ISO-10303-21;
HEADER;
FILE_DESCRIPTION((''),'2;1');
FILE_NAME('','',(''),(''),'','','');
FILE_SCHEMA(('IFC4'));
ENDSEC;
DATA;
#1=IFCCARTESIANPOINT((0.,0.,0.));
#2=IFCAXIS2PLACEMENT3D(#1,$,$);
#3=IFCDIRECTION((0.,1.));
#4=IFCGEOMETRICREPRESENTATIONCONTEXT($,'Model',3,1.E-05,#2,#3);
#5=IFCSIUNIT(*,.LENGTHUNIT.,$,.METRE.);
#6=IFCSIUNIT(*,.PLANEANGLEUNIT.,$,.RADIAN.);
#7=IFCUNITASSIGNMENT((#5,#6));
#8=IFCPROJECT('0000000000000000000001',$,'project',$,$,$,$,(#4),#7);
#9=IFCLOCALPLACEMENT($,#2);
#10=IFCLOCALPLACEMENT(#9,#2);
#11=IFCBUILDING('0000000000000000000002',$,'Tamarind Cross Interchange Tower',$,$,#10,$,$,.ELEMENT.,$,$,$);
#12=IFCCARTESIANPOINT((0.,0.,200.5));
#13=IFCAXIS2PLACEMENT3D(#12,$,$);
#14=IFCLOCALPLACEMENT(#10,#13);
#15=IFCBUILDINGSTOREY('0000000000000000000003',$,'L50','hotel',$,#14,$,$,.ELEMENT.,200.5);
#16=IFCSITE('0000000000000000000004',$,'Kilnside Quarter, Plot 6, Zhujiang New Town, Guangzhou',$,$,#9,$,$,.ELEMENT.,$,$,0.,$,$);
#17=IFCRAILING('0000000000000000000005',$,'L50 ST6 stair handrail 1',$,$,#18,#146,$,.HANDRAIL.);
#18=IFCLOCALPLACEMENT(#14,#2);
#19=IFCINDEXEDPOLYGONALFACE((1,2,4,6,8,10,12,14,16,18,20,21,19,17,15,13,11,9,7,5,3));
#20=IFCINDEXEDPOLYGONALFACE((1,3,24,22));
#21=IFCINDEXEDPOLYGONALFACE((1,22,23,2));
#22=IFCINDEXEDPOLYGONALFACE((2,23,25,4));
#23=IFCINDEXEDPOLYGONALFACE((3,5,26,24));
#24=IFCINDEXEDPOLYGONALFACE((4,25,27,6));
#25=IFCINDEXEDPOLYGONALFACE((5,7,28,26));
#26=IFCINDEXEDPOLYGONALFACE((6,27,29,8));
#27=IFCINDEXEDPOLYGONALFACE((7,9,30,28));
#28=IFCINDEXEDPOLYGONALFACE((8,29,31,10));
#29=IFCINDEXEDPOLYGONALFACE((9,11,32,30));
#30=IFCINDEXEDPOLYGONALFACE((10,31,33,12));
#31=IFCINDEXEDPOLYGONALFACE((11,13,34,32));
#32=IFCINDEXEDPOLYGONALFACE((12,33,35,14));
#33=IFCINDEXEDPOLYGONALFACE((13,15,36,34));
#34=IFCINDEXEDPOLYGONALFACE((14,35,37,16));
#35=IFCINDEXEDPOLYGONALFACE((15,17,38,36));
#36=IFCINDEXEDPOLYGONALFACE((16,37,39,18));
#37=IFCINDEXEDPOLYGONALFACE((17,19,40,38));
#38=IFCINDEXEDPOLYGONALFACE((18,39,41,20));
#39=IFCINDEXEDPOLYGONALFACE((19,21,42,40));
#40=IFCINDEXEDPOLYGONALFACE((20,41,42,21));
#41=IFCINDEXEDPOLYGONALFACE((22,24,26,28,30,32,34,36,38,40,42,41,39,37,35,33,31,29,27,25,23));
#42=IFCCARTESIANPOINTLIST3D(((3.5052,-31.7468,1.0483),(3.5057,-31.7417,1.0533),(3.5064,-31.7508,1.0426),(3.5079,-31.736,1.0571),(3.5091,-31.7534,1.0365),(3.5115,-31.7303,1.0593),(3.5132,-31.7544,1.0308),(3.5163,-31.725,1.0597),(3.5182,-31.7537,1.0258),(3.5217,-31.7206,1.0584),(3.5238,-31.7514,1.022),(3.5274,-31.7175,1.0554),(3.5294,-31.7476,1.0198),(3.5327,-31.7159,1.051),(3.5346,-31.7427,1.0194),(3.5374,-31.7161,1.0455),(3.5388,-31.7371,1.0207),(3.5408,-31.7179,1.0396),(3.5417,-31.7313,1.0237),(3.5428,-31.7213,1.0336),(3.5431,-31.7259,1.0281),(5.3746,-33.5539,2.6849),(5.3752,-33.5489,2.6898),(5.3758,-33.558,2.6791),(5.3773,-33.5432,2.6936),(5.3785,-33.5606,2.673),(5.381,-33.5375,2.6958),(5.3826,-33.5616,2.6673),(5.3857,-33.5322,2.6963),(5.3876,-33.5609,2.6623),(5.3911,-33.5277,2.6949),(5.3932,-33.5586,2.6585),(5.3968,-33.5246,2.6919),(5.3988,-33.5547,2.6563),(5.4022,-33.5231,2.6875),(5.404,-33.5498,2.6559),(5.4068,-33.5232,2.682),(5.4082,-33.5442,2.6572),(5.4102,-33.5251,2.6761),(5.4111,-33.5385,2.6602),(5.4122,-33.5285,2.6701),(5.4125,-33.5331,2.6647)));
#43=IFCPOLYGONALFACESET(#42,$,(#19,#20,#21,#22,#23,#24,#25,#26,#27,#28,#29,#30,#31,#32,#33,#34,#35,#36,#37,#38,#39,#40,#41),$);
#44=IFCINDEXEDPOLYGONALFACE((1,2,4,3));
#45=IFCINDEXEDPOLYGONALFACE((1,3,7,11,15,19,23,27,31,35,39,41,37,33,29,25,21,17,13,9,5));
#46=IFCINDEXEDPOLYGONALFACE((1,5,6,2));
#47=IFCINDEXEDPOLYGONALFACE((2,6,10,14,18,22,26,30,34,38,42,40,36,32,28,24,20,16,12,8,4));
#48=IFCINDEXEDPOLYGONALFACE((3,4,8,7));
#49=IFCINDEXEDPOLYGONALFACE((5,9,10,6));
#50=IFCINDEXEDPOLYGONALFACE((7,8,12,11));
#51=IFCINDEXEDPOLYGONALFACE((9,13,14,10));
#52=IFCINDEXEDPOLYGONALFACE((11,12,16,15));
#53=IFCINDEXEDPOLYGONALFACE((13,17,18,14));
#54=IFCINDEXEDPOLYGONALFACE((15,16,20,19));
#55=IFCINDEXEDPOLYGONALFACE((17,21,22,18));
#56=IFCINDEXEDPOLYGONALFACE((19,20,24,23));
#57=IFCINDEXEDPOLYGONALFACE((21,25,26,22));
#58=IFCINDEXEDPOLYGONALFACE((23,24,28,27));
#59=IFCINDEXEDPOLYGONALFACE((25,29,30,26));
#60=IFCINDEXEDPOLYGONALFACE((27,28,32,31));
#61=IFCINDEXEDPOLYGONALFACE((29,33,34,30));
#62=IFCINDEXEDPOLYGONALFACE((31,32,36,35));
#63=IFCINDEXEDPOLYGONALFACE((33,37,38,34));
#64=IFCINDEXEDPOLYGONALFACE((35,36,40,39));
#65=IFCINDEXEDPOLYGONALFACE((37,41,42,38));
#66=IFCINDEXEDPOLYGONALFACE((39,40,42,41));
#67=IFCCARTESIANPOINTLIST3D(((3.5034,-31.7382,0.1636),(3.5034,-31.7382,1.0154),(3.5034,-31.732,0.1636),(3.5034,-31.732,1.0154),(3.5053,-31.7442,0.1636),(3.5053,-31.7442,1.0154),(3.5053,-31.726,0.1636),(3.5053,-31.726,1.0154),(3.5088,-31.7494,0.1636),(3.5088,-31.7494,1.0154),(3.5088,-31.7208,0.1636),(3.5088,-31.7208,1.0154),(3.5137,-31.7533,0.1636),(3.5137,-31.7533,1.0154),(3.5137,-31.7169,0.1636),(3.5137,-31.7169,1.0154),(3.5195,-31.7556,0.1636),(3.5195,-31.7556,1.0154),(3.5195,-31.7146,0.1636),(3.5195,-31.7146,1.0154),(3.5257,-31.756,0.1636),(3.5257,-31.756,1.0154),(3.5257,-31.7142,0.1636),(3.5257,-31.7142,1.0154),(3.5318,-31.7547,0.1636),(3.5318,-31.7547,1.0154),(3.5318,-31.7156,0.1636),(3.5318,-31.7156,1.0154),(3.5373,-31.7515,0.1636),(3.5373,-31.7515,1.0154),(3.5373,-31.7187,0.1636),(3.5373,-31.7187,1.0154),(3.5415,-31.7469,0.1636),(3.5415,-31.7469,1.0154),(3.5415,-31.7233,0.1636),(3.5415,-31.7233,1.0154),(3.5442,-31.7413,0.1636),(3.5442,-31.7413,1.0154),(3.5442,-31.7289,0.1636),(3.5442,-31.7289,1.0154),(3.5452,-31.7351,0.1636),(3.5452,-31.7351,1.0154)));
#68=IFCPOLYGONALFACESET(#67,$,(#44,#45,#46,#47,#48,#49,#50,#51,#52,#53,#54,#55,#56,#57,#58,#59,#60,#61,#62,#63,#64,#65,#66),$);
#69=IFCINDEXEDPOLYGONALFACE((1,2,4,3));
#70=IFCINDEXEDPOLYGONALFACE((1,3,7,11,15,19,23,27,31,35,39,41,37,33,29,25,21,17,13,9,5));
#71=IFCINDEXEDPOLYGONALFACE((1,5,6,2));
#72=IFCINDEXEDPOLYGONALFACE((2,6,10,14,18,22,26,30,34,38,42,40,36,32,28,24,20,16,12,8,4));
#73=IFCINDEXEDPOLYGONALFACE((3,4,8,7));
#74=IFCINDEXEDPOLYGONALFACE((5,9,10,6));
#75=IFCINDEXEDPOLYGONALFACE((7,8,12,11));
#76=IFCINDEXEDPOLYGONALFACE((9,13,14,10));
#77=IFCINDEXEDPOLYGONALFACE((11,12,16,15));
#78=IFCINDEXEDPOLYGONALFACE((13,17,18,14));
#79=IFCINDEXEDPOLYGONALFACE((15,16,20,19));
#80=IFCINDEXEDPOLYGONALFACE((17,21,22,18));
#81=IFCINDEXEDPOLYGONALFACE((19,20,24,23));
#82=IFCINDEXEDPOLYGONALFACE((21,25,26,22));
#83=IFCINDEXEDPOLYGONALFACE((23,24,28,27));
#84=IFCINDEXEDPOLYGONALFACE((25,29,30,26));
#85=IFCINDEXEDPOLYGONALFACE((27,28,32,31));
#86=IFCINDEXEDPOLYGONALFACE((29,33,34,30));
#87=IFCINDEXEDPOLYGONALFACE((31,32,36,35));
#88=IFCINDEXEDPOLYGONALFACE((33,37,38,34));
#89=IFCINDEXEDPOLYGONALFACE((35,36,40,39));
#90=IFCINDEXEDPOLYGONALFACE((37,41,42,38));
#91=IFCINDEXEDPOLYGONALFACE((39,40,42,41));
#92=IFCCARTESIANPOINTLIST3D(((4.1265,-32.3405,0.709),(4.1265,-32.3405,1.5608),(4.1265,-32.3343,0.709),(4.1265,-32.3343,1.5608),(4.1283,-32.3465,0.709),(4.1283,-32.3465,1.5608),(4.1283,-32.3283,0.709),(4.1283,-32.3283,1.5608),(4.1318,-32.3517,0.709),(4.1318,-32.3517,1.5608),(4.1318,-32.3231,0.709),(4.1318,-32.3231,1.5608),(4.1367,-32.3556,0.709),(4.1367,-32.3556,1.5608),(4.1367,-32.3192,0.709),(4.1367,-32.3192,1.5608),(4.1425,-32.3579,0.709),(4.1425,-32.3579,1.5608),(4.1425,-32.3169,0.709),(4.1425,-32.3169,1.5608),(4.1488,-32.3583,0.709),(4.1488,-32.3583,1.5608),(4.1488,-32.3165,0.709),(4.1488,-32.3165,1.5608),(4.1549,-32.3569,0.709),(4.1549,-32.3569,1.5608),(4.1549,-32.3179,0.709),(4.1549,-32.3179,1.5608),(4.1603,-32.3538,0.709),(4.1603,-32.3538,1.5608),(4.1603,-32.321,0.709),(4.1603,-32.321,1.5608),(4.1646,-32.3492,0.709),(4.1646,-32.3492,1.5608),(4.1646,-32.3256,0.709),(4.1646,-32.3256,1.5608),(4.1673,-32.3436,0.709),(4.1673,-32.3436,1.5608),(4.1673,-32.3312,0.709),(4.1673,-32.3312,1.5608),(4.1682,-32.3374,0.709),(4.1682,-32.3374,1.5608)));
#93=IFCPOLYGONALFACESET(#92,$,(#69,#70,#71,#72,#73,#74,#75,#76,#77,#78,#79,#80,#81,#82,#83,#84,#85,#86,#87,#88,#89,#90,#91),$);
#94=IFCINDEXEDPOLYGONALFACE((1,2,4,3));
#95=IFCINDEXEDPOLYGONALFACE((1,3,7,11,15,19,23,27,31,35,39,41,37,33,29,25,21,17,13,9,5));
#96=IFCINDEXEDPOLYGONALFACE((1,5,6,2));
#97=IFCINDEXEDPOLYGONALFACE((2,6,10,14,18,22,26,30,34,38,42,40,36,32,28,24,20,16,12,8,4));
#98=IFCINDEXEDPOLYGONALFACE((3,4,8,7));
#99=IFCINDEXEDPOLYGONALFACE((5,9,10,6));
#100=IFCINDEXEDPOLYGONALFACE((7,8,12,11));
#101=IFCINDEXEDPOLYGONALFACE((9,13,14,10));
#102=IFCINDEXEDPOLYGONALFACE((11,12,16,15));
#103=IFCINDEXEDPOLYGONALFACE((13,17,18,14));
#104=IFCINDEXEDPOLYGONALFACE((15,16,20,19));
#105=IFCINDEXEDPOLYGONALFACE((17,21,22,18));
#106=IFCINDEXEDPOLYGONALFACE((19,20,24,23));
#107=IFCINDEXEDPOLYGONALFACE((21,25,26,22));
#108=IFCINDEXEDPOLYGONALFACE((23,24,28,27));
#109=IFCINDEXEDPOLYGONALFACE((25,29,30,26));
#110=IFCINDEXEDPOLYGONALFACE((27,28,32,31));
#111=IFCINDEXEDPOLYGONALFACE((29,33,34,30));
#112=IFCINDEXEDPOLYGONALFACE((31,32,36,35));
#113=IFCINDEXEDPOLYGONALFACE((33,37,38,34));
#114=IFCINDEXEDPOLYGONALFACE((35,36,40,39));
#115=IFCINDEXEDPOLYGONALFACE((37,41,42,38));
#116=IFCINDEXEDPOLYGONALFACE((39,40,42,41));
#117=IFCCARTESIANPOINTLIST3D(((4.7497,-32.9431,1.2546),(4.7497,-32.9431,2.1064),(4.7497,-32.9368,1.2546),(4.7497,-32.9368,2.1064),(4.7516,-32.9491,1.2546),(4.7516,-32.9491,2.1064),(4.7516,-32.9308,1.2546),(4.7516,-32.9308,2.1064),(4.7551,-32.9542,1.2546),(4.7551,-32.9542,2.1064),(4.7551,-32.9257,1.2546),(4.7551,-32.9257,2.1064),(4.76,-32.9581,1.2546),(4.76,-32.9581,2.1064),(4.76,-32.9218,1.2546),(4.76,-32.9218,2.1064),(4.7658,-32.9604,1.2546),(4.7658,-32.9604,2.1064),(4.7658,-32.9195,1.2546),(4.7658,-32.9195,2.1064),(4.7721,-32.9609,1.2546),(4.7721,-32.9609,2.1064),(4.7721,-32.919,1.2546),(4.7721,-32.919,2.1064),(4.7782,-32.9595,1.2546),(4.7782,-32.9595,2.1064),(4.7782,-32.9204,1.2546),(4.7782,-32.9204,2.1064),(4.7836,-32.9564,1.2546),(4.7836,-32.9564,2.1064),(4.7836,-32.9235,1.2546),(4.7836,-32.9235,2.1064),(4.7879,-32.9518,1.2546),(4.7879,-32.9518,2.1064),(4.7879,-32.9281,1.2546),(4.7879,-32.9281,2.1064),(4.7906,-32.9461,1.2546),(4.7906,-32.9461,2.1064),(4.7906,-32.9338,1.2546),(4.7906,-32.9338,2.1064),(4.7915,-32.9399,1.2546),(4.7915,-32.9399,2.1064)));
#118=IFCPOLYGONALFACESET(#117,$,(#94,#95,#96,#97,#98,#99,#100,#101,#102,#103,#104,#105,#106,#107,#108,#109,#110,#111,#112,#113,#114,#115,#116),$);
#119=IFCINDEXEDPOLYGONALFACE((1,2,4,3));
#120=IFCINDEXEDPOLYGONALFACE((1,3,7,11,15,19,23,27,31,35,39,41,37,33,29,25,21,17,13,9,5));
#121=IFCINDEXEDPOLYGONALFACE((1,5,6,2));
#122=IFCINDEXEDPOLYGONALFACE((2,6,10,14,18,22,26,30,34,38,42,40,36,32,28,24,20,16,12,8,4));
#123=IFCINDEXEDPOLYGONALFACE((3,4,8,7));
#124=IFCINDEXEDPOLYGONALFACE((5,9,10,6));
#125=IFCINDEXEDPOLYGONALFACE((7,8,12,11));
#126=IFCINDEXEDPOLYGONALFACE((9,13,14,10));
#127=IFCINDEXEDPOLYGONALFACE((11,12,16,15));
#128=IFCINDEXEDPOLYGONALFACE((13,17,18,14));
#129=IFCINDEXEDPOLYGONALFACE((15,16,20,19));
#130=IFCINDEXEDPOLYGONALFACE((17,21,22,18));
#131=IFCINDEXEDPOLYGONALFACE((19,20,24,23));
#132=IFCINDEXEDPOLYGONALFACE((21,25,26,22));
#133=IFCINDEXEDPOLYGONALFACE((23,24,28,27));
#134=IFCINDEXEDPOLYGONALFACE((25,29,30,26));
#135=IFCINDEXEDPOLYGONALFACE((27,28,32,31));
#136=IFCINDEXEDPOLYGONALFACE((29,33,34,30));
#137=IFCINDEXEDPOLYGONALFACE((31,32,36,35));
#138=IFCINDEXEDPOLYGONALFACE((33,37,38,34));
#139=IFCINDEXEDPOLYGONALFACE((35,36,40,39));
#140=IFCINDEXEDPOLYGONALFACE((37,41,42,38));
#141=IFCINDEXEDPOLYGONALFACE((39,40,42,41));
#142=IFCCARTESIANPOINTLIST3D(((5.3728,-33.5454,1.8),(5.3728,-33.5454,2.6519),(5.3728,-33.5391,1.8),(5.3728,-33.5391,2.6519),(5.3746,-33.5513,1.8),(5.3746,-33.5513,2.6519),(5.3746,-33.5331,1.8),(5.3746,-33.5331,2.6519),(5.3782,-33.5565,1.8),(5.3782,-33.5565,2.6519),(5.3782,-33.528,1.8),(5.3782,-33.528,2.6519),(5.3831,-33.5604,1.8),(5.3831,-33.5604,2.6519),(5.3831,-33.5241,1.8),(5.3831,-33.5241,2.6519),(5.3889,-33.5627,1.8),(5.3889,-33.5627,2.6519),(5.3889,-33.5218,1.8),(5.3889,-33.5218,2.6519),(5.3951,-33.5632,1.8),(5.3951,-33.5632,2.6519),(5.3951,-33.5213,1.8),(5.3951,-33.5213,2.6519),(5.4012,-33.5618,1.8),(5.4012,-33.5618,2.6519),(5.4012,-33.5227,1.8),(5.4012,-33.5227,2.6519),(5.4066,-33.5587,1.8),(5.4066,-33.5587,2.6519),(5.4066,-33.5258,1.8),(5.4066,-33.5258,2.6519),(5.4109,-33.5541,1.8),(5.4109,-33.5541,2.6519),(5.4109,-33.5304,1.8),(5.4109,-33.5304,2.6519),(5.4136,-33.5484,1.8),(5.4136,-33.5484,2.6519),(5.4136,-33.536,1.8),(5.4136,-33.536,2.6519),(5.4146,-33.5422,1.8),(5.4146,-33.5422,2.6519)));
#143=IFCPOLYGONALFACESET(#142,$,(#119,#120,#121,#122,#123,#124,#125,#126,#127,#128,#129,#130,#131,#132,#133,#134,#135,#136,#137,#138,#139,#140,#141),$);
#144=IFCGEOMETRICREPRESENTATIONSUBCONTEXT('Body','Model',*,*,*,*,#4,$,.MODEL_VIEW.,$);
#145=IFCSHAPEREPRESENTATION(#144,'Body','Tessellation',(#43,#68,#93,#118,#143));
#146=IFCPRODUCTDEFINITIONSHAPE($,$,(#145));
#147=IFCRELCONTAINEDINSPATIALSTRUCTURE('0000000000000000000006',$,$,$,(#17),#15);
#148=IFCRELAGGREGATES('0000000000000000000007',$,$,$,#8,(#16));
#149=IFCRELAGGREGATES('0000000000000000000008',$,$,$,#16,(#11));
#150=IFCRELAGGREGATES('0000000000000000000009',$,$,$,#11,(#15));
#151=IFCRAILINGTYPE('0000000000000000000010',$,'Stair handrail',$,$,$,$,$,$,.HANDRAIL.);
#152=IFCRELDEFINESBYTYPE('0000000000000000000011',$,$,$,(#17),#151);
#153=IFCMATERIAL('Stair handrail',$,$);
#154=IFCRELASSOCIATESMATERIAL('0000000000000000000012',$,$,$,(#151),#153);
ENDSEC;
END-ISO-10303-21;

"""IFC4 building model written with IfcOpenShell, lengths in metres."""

from ifc_helpers import new_model, si_unit, direction, frame, origin, origin_2d, place, context, subcontext, project, spatial, circle, extrude, material, type_object, element, save


model = new_model("IFC4")

# Units and contexts
model_context = context("Model", 3, precision=1e-05, world=origin(), true_north=direction((0.0, 1.0)))
body_context = subcontext(model_context, "Body", "Model", "MODEL_VIEW")
ifc_project = project(units=[si_unit("LENGTHUNIT", "METRE"), si_unit("PLANEANGLEUNIT", "RADIAN")], contexts=[model_context])

# Site, building, storey
site_placement = place(None, origin())
site = spatial("IfcSite", under=ifc_project, at=site_placement, Name="Kilnside Quarter, Plot 6, Zhujiang New Town, Guangzhou", CompositionType="ELEMENT", RefElevation=0.0)
building_placement = place(site_placement, origin())
building = spatial("IfcBuilding", under=site, at=building_placement, Name="Tamarind Cross Interchange Tower", CompositionType="ELEMENT")
storey_placement = place(building_placement, frame((0.0, 0.0, 200.5)))
storey = spatial("IfcBuildingStorey", under=building, at=storey_placement, Name="L50", Description="hotel", CompositionType="ELEMENT", Elevation=200.5)

# Railing
ifc_material_1 = material(Name="Stair handrail")
railing_type_1 = type_object("IfcRailingType", Name="Stair handrail", PredefinedType="HANDRAIL", material=ifc_material_1)
railing_1_placement = place(storey_placement, frame((3.5242, -31.7351, 0.1636)))
element("IfcRailing", 1, at=railing_1_placement, inside=storey, type_object=railing_type_1, Name="L50 ST6 stair handrail 1", PredefinedType="HANDRAIL", context=body_context, shape_type="SweptSolid", body=[
    extrude(circle(Radius=0.0239, at=origin_2d()), frame((0.0, 0.0, 0.876), z_axis=(0.608486, -0.588221, 0.532673), x_axis=(0.695033, 0.718977, 0.0)), (0.0, 0.0, 1.0), 3.0723),
    extrude(circle(Radius=0.021, at=origin_2d()), origin(), (0.0, 0.0, 1.0), 0.8518),
    extrude(circle(Radius=0.021, at=origin_2d()), frame((0.623, -0.6023, 0.5454)), (0.0, 0.0, 1.0), 0.8518),
    extrude(circle(Radius=0.021, at=origin_2d()), frame((1.2463, -1.2048, 1.0911)), (0.0, 0.0, 1.0), 0.8518),
    extrude(circle(Radius=0.021, at=origin_2d()), frame((1.8694, -1.8071, 1.6365)), (0.0, 0.0, 1.0), 0.8518),
])

save(model, "model.ifc")
